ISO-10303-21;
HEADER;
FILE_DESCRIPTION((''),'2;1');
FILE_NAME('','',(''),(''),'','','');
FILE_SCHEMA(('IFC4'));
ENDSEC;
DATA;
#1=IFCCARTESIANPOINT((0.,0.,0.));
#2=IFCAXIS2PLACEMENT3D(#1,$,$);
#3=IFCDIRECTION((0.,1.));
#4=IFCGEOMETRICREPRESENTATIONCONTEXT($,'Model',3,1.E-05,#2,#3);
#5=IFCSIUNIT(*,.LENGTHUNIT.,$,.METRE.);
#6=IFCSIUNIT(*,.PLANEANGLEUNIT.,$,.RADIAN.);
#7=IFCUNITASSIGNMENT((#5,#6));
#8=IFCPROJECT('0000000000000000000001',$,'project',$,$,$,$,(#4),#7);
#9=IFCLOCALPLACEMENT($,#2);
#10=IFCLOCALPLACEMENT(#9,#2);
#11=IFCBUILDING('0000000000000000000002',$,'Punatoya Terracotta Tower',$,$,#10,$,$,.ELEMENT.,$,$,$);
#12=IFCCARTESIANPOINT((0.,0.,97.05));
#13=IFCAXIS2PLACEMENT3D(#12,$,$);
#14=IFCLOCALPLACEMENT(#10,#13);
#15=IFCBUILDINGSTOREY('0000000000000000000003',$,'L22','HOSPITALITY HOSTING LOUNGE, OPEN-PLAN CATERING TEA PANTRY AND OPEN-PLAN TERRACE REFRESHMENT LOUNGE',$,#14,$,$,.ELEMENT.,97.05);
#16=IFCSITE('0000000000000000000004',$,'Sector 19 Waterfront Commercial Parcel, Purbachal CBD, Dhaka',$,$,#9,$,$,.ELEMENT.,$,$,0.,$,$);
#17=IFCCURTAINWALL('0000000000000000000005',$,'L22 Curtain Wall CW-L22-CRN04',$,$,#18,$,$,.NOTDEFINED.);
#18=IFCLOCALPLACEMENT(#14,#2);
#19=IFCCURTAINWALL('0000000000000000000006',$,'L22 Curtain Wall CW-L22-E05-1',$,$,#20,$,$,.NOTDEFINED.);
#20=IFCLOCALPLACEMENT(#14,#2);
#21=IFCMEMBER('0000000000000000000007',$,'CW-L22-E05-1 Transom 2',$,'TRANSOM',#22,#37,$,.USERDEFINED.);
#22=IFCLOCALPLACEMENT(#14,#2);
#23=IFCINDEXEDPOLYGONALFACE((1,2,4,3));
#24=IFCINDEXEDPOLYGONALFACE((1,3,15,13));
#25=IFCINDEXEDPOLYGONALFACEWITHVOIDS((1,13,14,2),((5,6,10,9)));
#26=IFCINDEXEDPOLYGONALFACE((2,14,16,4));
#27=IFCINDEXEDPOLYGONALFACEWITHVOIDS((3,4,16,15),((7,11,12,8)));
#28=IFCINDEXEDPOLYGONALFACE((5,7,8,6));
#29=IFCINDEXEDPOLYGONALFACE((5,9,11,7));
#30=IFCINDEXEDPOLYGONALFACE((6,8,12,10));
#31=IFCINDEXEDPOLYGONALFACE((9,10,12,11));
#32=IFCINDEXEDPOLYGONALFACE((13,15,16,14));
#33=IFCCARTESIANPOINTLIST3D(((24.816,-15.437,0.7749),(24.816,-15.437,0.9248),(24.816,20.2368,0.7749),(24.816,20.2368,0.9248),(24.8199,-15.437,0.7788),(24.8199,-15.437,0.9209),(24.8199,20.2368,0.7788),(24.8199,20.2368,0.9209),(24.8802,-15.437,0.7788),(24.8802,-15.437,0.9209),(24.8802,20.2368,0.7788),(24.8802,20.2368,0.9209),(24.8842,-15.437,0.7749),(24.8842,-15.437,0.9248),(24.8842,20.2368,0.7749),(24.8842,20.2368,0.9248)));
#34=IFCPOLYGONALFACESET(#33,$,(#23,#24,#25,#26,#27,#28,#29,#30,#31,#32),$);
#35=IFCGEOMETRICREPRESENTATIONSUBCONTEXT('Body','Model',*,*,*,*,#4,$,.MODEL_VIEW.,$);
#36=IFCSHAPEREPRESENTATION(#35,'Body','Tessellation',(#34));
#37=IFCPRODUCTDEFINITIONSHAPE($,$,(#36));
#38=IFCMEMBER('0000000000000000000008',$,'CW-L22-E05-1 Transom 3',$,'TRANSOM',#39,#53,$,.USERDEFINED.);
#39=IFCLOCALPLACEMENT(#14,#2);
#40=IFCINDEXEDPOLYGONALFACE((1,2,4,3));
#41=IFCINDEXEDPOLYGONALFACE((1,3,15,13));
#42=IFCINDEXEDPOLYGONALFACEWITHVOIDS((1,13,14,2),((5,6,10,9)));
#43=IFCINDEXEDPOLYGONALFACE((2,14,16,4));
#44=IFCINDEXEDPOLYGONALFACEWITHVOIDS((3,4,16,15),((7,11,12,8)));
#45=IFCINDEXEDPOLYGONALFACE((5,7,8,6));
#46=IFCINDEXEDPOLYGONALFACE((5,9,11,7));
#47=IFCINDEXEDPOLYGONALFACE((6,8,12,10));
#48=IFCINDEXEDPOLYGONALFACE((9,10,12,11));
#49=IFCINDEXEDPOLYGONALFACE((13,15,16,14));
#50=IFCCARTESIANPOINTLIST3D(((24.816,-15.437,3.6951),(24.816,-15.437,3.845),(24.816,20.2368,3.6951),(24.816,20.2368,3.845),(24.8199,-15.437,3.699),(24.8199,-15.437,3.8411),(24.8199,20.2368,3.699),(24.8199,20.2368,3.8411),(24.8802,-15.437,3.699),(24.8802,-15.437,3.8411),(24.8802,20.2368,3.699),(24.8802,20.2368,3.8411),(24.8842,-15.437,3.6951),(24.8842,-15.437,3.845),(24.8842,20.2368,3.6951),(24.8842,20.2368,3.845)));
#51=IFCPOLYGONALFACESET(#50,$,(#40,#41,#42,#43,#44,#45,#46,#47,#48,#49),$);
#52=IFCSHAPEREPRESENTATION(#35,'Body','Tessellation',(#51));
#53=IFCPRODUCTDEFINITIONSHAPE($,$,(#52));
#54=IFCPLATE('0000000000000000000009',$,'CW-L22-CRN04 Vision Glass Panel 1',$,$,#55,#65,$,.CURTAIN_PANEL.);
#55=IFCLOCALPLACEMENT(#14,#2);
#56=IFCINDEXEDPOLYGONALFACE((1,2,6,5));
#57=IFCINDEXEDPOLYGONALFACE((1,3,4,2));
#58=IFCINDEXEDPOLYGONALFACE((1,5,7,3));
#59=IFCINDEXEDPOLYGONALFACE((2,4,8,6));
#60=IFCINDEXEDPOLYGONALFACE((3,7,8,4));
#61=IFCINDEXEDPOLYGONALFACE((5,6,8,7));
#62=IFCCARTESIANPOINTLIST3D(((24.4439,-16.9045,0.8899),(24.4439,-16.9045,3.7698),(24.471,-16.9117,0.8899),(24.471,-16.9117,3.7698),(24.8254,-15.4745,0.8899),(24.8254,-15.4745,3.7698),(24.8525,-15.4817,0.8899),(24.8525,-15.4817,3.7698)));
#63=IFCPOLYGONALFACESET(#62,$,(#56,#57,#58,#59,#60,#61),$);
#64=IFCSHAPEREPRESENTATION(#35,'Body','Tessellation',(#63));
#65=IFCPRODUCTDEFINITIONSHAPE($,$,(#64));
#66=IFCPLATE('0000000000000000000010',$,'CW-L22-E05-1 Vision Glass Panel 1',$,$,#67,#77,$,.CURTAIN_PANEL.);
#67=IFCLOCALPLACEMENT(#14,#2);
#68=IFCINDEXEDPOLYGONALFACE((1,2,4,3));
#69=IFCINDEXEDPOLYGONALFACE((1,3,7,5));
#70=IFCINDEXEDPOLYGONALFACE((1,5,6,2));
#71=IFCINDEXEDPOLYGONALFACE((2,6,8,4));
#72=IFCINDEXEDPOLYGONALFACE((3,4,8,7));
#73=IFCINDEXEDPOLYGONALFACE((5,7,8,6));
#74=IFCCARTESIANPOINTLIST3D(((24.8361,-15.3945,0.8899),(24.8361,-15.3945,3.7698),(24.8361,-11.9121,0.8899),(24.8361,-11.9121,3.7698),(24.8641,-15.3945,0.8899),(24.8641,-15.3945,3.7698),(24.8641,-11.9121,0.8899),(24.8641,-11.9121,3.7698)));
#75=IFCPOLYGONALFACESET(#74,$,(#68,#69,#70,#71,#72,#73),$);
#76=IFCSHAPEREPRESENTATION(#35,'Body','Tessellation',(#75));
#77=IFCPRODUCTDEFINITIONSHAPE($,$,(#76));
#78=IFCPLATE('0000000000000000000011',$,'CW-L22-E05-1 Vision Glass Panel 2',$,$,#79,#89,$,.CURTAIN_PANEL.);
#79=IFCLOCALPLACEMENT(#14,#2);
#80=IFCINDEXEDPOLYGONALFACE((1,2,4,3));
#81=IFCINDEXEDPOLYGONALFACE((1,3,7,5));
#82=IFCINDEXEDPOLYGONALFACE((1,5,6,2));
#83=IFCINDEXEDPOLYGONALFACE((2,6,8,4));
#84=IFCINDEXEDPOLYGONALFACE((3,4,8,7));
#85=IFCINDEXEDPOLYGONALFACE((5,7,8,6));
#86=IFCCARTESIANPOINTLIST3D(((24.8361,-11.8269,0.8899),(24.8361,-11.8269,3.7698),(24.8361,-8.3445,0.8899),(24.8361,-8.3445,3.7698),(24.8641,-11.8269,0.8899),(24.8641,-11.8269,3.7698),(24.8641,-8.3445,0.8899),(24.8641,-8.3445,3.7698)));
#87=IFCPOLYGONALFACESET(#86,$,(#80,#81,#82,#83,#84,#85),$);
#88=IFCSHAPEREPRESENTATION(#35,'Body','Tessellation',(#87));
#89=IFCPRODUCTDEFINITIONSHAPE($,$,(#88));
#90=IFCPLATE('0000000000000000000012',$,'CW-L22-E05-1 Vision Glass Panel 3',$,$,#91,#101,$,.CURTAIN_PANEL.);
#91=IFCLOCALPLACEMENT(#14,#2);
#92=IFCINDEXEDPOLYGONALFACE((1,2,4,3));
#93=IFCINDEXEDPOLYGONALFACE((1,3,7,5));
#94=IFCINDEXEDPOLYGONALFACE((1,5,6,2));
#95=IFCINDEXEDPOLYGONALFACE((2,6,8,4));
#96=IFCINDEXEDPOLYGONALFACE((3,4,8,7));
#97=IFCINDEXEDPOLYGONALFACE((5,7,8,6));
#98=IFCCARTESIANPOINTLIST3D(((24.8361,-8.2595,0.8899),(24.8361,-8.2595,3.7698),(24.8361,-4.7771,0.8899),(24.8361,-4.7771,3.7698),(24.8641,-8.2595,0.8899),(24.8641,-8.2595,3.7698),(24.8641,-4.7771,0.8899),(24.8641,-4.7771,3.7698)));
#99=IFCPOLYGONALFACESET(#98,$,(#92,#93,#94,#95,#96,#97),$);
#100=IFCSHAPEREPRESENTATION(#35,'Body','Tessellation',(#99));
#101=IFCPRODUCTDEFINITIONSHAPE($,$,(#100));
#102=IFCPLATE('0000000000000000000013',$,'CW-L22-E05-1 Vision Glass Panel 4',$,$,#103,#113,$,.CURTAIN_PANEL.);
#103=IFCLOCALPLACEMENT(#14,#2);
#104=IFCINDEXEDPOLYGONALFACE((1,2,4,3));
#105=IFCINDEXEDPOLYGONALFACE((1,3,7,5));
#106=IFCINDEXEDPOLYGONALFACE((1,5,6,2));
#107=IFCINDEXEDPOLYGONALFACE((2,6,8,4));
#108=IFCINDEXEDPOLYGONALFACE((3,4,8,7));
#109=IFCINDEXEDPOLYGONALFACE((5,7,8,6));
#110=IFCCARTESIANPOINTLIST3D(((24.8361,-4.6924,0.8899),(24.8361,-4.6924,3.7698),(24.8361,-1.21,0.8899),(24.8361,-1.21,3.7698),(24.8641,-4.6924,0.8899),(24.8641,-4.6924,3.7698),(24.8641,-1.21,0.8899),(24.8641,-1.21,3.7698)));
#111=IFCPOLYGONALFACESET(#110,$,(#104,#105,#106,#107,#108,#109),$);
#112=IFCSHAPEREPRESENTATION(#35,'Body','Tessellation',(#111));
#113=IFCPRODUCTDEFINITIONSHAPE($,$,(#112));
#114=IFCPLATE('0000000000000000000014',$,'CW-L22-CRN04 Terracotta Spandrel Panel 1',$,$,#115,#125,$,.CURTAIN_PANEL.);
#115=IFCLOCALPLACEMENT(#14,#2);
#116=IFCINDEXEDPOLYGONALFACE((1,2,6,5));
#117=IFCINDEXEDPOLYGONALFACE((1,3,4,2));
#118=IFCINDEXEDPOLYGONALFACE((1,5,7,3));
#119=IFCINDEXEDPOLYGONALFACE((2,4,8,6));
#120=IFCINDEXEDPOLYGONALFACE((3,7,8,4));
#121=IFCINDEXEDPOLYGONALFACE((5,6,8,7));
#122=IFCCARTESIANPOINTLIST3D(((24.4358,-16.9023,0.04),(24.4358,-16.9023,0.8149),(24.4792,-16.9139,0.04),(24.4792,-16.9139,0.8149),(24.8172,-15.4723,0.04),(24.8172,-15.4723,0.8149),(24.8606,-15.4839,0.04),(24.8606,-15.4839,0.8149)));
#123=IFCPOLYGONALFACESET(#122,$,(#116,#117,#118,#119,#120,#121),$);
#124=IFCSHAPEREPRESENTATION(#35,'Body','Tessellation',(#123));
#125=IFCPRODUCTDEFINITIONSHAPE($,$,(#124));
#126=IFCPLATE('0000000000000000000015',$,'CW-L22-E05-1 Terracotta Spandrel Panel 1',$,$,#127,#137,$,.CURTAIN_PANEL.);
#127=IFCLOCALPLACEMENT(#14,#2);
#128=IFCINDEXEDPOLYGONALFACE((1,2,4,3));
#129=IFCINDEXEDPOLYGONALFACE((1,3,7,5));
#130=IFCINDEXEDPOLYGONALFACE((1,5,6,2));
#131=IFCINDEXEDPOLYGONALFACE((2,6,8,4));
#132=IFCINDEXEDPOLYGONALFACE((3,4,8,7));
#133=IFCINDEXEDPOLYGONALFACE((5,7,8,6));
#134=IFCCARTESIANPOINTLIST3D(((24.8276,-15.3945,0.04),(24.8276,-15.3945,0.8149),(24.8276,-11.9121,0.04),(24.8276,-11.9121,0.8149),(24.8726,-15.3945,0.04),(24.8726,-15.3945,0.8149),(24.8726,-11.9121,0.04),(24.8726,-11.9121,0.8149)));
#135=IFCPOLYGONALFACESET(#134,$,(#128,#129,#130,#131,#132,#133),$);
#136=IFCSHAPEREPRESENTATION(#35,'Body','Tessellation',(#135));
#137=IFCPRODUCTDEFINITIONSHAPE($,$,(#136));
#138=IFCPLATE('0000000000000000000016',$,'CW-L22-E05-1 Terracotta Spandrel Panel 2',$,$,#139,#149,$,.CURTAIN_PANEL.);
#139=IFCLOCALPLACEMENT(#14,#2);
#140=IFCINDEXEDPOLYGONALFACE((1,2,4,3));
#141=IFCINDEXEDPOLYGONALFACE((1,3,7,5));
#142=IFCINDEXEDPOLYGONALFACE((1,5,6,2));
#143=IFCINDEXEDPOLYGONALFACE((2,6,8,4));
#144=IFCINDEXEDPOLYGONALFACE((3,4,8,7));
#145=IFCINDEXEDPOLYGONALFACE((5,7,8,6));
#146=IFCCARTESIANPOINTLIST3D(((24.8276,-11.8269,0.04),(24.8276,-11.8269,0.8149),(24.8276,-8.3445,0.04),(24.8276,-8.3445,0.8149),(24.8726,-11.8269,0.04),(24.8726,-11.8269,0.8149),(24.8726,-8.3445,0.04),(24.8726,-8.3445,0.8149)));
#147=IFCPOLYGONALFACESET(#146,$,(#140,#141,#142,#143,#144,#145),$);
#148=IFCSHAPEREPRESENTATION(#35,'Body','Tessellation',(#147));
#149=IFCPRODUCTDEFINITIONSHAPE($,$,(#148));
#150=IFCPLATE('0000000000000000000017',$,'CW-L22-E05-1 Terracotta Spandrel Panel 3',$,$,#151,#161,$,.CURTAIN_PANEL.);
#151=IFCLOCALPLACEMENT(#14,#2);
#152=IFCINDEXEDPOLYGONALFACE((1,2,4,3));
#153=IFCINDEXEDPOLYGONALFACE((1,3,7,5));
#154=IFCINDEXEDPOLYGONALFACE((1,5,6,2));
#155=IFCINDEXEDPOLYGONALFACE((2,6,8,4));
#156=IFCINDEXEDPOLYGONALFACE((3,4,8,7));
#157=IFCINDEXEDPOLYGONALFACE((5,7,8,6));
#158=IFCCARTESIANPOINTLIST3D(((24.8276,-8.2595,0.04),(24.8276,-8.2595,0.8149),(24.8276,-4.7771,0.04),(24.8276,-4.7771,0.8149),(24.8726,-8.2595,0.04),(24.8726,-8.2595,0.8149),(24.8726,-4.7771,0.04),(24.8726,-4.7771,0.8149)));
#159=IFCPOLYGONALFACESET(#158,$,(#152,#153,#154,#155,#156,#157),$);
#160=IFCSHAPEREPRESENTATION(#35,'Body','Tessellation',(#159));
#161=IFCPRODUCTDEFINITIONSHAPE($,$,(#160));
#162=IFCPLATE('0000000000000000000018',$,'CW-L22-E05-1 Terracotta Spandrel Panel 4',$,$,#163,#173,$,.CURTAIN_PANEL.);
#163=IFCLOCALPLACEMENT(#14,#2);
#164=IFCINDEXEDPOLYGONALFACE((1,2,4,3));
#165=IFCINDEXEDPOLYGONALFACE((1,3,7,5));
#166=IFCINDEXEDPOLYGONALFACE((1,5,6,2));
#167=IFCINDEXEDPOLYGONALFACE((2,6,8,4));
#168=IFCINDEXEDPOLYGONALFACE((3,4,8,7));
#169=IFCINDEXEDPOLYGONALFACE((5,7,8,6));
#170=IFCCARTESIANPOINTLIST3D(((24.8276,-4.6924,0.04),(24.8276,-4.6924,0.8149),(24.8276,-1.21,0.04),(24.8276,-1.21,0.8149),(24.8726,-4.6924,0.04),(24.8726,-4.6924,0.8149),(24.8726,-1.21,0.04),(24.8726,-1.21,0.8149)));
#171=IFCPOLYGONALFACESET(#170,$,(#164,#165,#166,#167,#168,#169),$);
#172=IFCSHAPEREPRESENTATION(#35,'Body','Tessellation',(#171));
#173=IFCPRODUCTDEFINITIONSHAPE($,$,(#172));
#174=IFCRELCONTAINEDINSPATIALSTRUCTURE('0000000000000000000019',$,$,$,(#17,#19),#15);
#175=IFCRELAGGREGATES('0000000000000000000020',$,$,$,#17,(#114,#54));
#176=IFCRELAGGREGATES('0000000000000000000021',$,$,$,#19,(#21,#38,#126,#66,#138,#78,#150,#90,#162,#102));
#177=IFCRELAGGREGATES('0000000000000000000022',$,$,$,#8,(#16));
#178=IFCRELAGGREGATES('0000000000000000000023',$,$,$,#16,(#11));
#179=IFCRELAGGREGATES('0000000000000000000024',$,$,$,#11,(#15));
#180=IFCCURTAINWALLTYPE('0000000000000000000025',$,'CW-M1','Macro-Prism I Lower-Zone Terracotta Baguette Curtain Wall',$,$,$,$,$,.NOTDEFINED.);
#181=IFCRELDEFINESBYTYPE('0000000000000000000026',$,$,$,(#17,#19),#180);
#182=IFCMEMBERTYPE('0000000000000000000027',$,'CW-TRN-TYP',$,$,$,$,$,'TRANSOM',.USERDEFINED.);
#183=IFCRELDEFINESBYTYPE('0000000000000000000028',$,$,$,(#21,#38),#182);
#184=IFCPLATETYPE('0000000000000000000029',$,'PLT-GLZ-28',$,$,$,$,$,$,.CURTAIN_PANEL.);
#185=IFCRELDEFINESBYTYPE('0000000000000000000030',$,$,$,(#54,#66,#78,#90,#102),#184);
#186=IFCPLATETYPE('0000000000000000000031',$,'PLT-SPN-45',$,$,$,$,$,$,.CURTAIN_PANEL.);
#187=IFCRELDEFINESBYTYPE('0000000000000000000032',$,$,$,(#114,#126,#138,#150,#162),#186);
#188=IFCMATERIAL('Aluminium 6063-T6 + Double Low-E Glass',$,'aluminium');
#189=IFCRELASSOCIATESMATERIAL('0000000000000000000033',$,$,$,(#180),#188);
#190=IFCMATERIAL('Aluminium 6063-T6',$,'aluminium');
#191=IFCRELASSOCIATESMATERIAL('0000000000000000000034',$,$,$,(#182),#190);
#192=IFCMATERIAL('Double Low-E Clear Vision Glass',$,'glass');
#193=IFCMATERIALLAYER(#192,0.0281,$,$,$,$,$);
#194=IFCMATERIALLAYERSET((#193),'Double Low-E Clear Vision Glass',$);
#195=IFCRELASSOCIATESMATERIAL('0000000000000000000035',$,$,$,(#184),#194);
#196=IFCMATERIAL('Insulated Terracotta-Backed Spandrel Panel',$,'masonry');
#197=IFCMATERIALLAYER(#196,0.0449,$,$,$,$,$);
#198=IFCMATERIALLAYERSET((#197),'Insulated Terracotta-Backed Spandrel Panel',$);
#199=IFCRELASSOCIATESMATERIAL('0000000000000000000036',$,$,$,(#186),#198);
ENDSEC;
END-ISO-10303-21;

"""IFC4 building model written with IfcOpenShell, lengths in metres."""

from ifc_helpers import new_model, si_unit, direction, frame, origin, origin_2d, place, context, subcontext, project, spatial, rectangle, hollow_rectangle, extrude, material, layer, layer_set, material_profile, profile_set, type_object, element, aggregate, save


model = new_model("IFC4")

# Units and contexts
model_context = context("Model", 3, precision=1e-05, world=origin(), true_north=direction((0.0, 1.0)))
body_context = subcontext(model_context, "Body", "Model", "MODEL_VIEW")
ifc_project = project(units=[si_unit("LENGTHUNIT", "METRE"), si_unit("PLANEANGLEUNIT", "RADIAN")], contexts=[model_context])

# Site, building, storey
site_placement = place(None, origin())
site = spatial("IfcSite", under=ifc_project, at=site_placement, Name="Sector 19 Waterfront Commercial Parcel, Purbachal CBD, Dhaka", CompositionType="ELEMENT", RefElevation=0.0)
building_placement = place(site_placement, origin())
building = spatial("IfcBuilding", under=site, at=building_placement, Name="Punatoya Terracotta Tower", CompositionType="ELEMENT")
storey_placement = place(building_placement, frame((0.0, 0.0, 97.05)))
storey = spatial("IfcBuildingStorey", under=building, at=storey_placement, Name="L22", Description="HOSPITALITY HOSTING LOUNGE, OPEN-PLAN CATERING TEA PANTRY AND OPEN-PLAN TERRACE REFRESHMENT LOUNGE", CompositionType="ELEMENT", Elevation=97.05)

# Curtain walls, members
ifc_material_1 = material(Name="Aluminium 6063-T6 + Double Low-E Glass", Category="aluminium")
curtain_wall_type = type_object("IfcCurtainWallType", Name="CW-M1", Description="Macro-Prism I Lower-Zone Terracotta Baguette Curtain Wall", PredefinedType="NOTDEFINED", material=ifc_material_1)
curtain_wall_1_placement = place(storey_placement, origin())
curtain_wall_1 = element("IfcCurtainWall", 1, at=curtain_wall_1_placement, inside=storey, type_object=curtain_wall_type, Name="L22 Curtain Wall CW-L22-CRN04", PredefinedType="NOTDEFINED")
ifc_material_2 = material(Name="Aluminium 6063-T6", Category="aluminium")
curtain_wall_2_placement = place(storey_placement, origin())
curtain_wall_2 = element("IfcCurtainWall", 2, at=curtain_wall_2_placement, inside=storey, type_object=curtain_wall_type, Name="L22 Curtain Wall CW-L22-E05-1", PredefinedType="NOTDEFINED")
ifc_material_profile_1 = material_profile(ifc_material_2, hollow_rectangle(XDim=0.0681, YDim=0.1499, WallThickness=0.0039, at=origin_2d()))
ifc_profile_set_1 = profile_set([ifc_material_profile_1], Name="Aluminium 6063-T6")
member_type_1 = type_object("IfcMemberType", Name="CW-TRN-TYP", ElementType="TRANSOM", PredefinedType="USERDEFINED", material=ifc_profile_set_1)
member_1_placement = place(storey_placement, frame((24.8501, -15.437, 0.8499), z_axis=(0.0, 1.0, 0.0), x_axis=(-1.0, 0.0, 0.0)))
member_1 = element("IfcMember", 3, at=member_1_placement, type_object=member_type_1, Name="CW-L22-E05-1 Transom 2", ObjectType="TRANSOM", PredefinedType="USERDEFINED", context=body_context, shape_type="SweptSolid", body=[
    extrude(hollow_rectangle(XDim=0.0681, YDim=0.1499, WallThickness=0.0039, at=origin_2d()), origin(), (0.0, 0.0, 1.0), 35.6738),
])
member_2_placement = place(storey_placement, frame((24.8501, -15.437, 3.77), z_axis=(0.0, 1.0, 0.0), x_axis=(-1.0, 0.0, 0.0)))
member_2 = element("IfcMember", 4, at=member_2_placement, type_object=member_type_1, Name="CW-L22-E05-1 Transom 3", ObjectType="TRANSOM", PredefinedType="USERDEFINED", context=body_context, shape_type="SweptSolid", body=[
    extrude(hollow_rectangle(XDim=0.0681, YDim=0.1499, WallThickness=0.0039, at=origin_2d()), origin(), (0.0, 0.0, 1.0), 35.6738),
])

# Plates
ifc_material_3 = material(Name="Double Low-E Clear Vision Glass", Category="glass")
ifc_layer_1 = layer(ifc_material_3, 0.0281)
ifc_layer_set_1 = layer_set([ifc_layer_1], Name="Double Low-E Clear Vision Glass")
plate_type_1 = type_object("IfcPlateType", Name="PLT-GLZ-28", PredefinedType="CURTAIN_PANEL", material=ifc_layer_set_1)
plate_1_placement = place(storey_placement, frame((24.6482, -16.1931, 0.8899), z_axis=(0.0, 0.0, 1.0), x_axis=(0.257742, 0.966214, 0.0)))
plate_1 = element("IfcPlate", 5, at=plate_1_placement, type_object=plate_type_1, Name="CW-L22-CRN04 Vision Glass Panel 1", PredefinedType="CURTAIN_PANEL", context=body_context, shape_type="SweptSolid", body=[
    extrude(rectangle(XDim=1.48, YDim=0.0281, at=origin_2d()), origin(), (0.0, 0.0, 1.0), 2.8799),
])
plate_2_placement = place(storey_placement, frame((24.8501, -13.6533, 0.8899), z_axis=(0.0, 0.0, 1.0), x_axis=(0.0, 1.0, 0.0)))
plate_2 = element("IfcPlate", 6, at=plate_2_placement, type_object=plate_type_1, Name="CW-L22-E05-1 Vision Glass Panel 1", PredefinedType="CURTAIN_PANEL", context=body_context, shape_type="SweptSolid", body=[
    extrude(rectangle(XDim=3.4824, YDim=0.0281, at=origin_2d()), origin(), (0.0, 0.0, 1.0), 2.8799),
])
plate_3_placement = place(storey_placement, frame((24.8501, -10.0857, 0.8899), z_axis=(0.0, 0.0, 1.0), x_axis=(0.0, 1.0, 0.0)))
plate_3 = element("IfcPlate", 7, at=plate_3_placement, type_object=plate_type_1, Name="CW-L22-E05-1 Vision Glass Panel 2", PredefinedType="CURTAIN_PANEL", context=body_context, shape_type="SweptSolid", body=[
    extrude(rectangle(XDim=3.4824, YDim=0.0281, at=origin_2d()), origin(), (0.0, 0.0, 1.0), 2.8799),
])
plate_4_placement = place(storey_placement, frame((24.8501, -6.5183, 0.8899), z_axis=(0.0, 0.0, 1.0), x_axis=(0.0, 1.0, 0.0)))
plate_4 = element("IfcPlate", 8, at=plate_4_placement, type_object=plate_type_1, Name="CW-L22-E05-1 Vision Glass Panel 3", PredefinedType="CURTAIN_PANEL", context=body_context, shape_type="SweptSolid", body=[
    extrude(rectangle(XDim=3.4824, YDim=0.0281, at=origin_2d()), origin(), (0.0, 0.0, 1.0), 2.8799),
])
plate_5_placement = place(storey_placement, frame((24.8501, -2.9512, 0.8899), z_axis=(0.0, 0.0, 1.0), x_axis=(0.0, 1.0, 0.0)))
plate_5 = element("IfcPlate", 9, at=plate_5_placement, type_object=plate_type_1, Name="CW-L22-E05-1 Vision Glass Panel 4", PredefinedType="CURTAIN_PANEL", context=body_context, shape_type="SweptSolid", body=[
    extrude(rectangle(XDim=3.4824, YDim=0.0281, at=origin_2d()), origin(), (0.0, 0.0, 1.0), 2.8799),
])
ifc_material_4 = material(Name="Insulated Terracotta-Backed Spandrel Panel", Category="masonry")
ifc_layer_2 = layer(ifc_material_4, 0.0449)
ifc_layer_set_2 = layer_set([ifc_layer_2], Name="Insulated Terracotta-Backed Spandrel Panel")
plate_type_2 = type_object("IfcPlateType", Name="PLT-SPN-45", PredefinedType="CURTAIN_PANEL", material=ifc_layer_set_2)
plate_6_placement = place(storey_placement, frame((24.6482, -16.1931, 0.04), z_axis=(0.0, 0.0, 1.0), x_axis=(0.257742, 0.966214, 0.0)))
plate_6 = element("IfcPlate", 10, at=plate_6_placement, type_object=plate_type_2, Name="CW-L22-CRN04 Terracotta Spandrel Panel 1", PredefinedType="CURTAIN_PANEL", context=body_context, shape_type="SweptSolid", body=[
    extrude(rectangle(XDim=1.48, YDim=0.0449, at=origin_2d()), origin(), (0.0, 0.0, 1.0), 0.7749),
])
aggregate(curtain_wall_1, [plate_6, plate_1])
plate_7_placement = place(storey_placement, frame((24.8501, -13.6533, 0.04), z_axis=(0.0, 0.0, 1.0), x_axis=(0.0, 1.0, 0.0)))
plate_7 = element("IfcPlate", 11, at=plate_7_placement, type_object=plate_type_2, Name="CW-L22-E05-1 Terracotta Spandrel Panel 1", PredefinedType="CURTAIN_PANEL", context=body_context, shape_type="SweptSolid", body=[
    extrude(rectangle(XDim=3.4824, YDim=0.0449, at=origin_2d()), origin(), (0.0, 0.0, 1.0), 0.7749),
])
plate_8_placement = place(storey_placement, frame((24.8501, -10.0857, 0.04), z_axis=(0.0, 0.0, 1.0), x_axis=(0.0, 1.0, 0.0)))
plate_8 = element("IfcPlate", 12, at=plate_8_placement, type_object=plate_type_2, Name="CW-L22-E05-1 Terracotta Spandrel Panel 2", PredefinedType="CURTAIN_PANEL", context=body_context, shape_type="SweptSolid", body=[
    extrude(rectangle(XDim=3.4824, YDim=0.0449, at=origin_2d()), origin(), (0.0, 0.0, 1.0), 0.7749),
])
plate_9_placement = place(storey_placement, frame((24.8501, -6.5183, 0.04), z_axis=(0.0, 0.0, 1.0), x_axis=(0.0, 1.0, 0.0)))
plate_9 = element("IfcPlate", 13, at=plate_9_placement, type_object=plate_type_2, Name="CW-L22-E05-1 Terracotta Spandrel Panel 3", PredefinedType="CURTAIN_PANEL", context=body_context, shape_type="SweptSolid", body=[
    extrude(rectangle(XDim=3.4824, YDim=0.0449, at=origin_2d()), origin(), (0.0, 0.0, 1.0), 0.7749),
])
plate_10_placement = place(storey_placement, frame((24.8501, -2.9512, 0.04), z_axis=(0.0, 0.0, 1.0), x_axis=(0.0, 1.0, 0.0)))
plate_10 = element("IfcPlate", 14, at=plate_10_placement, type_object=plate_type_2, Name="CW-L22-E05-1 Terracotta Spandrel Panel 4", PredefinedType="CURTAIN_PANEL", context=body_context, shape_type="SweptSolid", body=[
    extrude(rectangle(XDim=3.4824, YDim=0.0449, at=origin_2d()), origin(), (0.0, 0.0, 1.0), 0.7749),
])
aggregate(curtain_wall_2, [member_1, member_2, plate_7, plate_2, plate_8, plate_3, plate_9, plate_4, plate_10, plate_5])

save(model, "model.ifc")
